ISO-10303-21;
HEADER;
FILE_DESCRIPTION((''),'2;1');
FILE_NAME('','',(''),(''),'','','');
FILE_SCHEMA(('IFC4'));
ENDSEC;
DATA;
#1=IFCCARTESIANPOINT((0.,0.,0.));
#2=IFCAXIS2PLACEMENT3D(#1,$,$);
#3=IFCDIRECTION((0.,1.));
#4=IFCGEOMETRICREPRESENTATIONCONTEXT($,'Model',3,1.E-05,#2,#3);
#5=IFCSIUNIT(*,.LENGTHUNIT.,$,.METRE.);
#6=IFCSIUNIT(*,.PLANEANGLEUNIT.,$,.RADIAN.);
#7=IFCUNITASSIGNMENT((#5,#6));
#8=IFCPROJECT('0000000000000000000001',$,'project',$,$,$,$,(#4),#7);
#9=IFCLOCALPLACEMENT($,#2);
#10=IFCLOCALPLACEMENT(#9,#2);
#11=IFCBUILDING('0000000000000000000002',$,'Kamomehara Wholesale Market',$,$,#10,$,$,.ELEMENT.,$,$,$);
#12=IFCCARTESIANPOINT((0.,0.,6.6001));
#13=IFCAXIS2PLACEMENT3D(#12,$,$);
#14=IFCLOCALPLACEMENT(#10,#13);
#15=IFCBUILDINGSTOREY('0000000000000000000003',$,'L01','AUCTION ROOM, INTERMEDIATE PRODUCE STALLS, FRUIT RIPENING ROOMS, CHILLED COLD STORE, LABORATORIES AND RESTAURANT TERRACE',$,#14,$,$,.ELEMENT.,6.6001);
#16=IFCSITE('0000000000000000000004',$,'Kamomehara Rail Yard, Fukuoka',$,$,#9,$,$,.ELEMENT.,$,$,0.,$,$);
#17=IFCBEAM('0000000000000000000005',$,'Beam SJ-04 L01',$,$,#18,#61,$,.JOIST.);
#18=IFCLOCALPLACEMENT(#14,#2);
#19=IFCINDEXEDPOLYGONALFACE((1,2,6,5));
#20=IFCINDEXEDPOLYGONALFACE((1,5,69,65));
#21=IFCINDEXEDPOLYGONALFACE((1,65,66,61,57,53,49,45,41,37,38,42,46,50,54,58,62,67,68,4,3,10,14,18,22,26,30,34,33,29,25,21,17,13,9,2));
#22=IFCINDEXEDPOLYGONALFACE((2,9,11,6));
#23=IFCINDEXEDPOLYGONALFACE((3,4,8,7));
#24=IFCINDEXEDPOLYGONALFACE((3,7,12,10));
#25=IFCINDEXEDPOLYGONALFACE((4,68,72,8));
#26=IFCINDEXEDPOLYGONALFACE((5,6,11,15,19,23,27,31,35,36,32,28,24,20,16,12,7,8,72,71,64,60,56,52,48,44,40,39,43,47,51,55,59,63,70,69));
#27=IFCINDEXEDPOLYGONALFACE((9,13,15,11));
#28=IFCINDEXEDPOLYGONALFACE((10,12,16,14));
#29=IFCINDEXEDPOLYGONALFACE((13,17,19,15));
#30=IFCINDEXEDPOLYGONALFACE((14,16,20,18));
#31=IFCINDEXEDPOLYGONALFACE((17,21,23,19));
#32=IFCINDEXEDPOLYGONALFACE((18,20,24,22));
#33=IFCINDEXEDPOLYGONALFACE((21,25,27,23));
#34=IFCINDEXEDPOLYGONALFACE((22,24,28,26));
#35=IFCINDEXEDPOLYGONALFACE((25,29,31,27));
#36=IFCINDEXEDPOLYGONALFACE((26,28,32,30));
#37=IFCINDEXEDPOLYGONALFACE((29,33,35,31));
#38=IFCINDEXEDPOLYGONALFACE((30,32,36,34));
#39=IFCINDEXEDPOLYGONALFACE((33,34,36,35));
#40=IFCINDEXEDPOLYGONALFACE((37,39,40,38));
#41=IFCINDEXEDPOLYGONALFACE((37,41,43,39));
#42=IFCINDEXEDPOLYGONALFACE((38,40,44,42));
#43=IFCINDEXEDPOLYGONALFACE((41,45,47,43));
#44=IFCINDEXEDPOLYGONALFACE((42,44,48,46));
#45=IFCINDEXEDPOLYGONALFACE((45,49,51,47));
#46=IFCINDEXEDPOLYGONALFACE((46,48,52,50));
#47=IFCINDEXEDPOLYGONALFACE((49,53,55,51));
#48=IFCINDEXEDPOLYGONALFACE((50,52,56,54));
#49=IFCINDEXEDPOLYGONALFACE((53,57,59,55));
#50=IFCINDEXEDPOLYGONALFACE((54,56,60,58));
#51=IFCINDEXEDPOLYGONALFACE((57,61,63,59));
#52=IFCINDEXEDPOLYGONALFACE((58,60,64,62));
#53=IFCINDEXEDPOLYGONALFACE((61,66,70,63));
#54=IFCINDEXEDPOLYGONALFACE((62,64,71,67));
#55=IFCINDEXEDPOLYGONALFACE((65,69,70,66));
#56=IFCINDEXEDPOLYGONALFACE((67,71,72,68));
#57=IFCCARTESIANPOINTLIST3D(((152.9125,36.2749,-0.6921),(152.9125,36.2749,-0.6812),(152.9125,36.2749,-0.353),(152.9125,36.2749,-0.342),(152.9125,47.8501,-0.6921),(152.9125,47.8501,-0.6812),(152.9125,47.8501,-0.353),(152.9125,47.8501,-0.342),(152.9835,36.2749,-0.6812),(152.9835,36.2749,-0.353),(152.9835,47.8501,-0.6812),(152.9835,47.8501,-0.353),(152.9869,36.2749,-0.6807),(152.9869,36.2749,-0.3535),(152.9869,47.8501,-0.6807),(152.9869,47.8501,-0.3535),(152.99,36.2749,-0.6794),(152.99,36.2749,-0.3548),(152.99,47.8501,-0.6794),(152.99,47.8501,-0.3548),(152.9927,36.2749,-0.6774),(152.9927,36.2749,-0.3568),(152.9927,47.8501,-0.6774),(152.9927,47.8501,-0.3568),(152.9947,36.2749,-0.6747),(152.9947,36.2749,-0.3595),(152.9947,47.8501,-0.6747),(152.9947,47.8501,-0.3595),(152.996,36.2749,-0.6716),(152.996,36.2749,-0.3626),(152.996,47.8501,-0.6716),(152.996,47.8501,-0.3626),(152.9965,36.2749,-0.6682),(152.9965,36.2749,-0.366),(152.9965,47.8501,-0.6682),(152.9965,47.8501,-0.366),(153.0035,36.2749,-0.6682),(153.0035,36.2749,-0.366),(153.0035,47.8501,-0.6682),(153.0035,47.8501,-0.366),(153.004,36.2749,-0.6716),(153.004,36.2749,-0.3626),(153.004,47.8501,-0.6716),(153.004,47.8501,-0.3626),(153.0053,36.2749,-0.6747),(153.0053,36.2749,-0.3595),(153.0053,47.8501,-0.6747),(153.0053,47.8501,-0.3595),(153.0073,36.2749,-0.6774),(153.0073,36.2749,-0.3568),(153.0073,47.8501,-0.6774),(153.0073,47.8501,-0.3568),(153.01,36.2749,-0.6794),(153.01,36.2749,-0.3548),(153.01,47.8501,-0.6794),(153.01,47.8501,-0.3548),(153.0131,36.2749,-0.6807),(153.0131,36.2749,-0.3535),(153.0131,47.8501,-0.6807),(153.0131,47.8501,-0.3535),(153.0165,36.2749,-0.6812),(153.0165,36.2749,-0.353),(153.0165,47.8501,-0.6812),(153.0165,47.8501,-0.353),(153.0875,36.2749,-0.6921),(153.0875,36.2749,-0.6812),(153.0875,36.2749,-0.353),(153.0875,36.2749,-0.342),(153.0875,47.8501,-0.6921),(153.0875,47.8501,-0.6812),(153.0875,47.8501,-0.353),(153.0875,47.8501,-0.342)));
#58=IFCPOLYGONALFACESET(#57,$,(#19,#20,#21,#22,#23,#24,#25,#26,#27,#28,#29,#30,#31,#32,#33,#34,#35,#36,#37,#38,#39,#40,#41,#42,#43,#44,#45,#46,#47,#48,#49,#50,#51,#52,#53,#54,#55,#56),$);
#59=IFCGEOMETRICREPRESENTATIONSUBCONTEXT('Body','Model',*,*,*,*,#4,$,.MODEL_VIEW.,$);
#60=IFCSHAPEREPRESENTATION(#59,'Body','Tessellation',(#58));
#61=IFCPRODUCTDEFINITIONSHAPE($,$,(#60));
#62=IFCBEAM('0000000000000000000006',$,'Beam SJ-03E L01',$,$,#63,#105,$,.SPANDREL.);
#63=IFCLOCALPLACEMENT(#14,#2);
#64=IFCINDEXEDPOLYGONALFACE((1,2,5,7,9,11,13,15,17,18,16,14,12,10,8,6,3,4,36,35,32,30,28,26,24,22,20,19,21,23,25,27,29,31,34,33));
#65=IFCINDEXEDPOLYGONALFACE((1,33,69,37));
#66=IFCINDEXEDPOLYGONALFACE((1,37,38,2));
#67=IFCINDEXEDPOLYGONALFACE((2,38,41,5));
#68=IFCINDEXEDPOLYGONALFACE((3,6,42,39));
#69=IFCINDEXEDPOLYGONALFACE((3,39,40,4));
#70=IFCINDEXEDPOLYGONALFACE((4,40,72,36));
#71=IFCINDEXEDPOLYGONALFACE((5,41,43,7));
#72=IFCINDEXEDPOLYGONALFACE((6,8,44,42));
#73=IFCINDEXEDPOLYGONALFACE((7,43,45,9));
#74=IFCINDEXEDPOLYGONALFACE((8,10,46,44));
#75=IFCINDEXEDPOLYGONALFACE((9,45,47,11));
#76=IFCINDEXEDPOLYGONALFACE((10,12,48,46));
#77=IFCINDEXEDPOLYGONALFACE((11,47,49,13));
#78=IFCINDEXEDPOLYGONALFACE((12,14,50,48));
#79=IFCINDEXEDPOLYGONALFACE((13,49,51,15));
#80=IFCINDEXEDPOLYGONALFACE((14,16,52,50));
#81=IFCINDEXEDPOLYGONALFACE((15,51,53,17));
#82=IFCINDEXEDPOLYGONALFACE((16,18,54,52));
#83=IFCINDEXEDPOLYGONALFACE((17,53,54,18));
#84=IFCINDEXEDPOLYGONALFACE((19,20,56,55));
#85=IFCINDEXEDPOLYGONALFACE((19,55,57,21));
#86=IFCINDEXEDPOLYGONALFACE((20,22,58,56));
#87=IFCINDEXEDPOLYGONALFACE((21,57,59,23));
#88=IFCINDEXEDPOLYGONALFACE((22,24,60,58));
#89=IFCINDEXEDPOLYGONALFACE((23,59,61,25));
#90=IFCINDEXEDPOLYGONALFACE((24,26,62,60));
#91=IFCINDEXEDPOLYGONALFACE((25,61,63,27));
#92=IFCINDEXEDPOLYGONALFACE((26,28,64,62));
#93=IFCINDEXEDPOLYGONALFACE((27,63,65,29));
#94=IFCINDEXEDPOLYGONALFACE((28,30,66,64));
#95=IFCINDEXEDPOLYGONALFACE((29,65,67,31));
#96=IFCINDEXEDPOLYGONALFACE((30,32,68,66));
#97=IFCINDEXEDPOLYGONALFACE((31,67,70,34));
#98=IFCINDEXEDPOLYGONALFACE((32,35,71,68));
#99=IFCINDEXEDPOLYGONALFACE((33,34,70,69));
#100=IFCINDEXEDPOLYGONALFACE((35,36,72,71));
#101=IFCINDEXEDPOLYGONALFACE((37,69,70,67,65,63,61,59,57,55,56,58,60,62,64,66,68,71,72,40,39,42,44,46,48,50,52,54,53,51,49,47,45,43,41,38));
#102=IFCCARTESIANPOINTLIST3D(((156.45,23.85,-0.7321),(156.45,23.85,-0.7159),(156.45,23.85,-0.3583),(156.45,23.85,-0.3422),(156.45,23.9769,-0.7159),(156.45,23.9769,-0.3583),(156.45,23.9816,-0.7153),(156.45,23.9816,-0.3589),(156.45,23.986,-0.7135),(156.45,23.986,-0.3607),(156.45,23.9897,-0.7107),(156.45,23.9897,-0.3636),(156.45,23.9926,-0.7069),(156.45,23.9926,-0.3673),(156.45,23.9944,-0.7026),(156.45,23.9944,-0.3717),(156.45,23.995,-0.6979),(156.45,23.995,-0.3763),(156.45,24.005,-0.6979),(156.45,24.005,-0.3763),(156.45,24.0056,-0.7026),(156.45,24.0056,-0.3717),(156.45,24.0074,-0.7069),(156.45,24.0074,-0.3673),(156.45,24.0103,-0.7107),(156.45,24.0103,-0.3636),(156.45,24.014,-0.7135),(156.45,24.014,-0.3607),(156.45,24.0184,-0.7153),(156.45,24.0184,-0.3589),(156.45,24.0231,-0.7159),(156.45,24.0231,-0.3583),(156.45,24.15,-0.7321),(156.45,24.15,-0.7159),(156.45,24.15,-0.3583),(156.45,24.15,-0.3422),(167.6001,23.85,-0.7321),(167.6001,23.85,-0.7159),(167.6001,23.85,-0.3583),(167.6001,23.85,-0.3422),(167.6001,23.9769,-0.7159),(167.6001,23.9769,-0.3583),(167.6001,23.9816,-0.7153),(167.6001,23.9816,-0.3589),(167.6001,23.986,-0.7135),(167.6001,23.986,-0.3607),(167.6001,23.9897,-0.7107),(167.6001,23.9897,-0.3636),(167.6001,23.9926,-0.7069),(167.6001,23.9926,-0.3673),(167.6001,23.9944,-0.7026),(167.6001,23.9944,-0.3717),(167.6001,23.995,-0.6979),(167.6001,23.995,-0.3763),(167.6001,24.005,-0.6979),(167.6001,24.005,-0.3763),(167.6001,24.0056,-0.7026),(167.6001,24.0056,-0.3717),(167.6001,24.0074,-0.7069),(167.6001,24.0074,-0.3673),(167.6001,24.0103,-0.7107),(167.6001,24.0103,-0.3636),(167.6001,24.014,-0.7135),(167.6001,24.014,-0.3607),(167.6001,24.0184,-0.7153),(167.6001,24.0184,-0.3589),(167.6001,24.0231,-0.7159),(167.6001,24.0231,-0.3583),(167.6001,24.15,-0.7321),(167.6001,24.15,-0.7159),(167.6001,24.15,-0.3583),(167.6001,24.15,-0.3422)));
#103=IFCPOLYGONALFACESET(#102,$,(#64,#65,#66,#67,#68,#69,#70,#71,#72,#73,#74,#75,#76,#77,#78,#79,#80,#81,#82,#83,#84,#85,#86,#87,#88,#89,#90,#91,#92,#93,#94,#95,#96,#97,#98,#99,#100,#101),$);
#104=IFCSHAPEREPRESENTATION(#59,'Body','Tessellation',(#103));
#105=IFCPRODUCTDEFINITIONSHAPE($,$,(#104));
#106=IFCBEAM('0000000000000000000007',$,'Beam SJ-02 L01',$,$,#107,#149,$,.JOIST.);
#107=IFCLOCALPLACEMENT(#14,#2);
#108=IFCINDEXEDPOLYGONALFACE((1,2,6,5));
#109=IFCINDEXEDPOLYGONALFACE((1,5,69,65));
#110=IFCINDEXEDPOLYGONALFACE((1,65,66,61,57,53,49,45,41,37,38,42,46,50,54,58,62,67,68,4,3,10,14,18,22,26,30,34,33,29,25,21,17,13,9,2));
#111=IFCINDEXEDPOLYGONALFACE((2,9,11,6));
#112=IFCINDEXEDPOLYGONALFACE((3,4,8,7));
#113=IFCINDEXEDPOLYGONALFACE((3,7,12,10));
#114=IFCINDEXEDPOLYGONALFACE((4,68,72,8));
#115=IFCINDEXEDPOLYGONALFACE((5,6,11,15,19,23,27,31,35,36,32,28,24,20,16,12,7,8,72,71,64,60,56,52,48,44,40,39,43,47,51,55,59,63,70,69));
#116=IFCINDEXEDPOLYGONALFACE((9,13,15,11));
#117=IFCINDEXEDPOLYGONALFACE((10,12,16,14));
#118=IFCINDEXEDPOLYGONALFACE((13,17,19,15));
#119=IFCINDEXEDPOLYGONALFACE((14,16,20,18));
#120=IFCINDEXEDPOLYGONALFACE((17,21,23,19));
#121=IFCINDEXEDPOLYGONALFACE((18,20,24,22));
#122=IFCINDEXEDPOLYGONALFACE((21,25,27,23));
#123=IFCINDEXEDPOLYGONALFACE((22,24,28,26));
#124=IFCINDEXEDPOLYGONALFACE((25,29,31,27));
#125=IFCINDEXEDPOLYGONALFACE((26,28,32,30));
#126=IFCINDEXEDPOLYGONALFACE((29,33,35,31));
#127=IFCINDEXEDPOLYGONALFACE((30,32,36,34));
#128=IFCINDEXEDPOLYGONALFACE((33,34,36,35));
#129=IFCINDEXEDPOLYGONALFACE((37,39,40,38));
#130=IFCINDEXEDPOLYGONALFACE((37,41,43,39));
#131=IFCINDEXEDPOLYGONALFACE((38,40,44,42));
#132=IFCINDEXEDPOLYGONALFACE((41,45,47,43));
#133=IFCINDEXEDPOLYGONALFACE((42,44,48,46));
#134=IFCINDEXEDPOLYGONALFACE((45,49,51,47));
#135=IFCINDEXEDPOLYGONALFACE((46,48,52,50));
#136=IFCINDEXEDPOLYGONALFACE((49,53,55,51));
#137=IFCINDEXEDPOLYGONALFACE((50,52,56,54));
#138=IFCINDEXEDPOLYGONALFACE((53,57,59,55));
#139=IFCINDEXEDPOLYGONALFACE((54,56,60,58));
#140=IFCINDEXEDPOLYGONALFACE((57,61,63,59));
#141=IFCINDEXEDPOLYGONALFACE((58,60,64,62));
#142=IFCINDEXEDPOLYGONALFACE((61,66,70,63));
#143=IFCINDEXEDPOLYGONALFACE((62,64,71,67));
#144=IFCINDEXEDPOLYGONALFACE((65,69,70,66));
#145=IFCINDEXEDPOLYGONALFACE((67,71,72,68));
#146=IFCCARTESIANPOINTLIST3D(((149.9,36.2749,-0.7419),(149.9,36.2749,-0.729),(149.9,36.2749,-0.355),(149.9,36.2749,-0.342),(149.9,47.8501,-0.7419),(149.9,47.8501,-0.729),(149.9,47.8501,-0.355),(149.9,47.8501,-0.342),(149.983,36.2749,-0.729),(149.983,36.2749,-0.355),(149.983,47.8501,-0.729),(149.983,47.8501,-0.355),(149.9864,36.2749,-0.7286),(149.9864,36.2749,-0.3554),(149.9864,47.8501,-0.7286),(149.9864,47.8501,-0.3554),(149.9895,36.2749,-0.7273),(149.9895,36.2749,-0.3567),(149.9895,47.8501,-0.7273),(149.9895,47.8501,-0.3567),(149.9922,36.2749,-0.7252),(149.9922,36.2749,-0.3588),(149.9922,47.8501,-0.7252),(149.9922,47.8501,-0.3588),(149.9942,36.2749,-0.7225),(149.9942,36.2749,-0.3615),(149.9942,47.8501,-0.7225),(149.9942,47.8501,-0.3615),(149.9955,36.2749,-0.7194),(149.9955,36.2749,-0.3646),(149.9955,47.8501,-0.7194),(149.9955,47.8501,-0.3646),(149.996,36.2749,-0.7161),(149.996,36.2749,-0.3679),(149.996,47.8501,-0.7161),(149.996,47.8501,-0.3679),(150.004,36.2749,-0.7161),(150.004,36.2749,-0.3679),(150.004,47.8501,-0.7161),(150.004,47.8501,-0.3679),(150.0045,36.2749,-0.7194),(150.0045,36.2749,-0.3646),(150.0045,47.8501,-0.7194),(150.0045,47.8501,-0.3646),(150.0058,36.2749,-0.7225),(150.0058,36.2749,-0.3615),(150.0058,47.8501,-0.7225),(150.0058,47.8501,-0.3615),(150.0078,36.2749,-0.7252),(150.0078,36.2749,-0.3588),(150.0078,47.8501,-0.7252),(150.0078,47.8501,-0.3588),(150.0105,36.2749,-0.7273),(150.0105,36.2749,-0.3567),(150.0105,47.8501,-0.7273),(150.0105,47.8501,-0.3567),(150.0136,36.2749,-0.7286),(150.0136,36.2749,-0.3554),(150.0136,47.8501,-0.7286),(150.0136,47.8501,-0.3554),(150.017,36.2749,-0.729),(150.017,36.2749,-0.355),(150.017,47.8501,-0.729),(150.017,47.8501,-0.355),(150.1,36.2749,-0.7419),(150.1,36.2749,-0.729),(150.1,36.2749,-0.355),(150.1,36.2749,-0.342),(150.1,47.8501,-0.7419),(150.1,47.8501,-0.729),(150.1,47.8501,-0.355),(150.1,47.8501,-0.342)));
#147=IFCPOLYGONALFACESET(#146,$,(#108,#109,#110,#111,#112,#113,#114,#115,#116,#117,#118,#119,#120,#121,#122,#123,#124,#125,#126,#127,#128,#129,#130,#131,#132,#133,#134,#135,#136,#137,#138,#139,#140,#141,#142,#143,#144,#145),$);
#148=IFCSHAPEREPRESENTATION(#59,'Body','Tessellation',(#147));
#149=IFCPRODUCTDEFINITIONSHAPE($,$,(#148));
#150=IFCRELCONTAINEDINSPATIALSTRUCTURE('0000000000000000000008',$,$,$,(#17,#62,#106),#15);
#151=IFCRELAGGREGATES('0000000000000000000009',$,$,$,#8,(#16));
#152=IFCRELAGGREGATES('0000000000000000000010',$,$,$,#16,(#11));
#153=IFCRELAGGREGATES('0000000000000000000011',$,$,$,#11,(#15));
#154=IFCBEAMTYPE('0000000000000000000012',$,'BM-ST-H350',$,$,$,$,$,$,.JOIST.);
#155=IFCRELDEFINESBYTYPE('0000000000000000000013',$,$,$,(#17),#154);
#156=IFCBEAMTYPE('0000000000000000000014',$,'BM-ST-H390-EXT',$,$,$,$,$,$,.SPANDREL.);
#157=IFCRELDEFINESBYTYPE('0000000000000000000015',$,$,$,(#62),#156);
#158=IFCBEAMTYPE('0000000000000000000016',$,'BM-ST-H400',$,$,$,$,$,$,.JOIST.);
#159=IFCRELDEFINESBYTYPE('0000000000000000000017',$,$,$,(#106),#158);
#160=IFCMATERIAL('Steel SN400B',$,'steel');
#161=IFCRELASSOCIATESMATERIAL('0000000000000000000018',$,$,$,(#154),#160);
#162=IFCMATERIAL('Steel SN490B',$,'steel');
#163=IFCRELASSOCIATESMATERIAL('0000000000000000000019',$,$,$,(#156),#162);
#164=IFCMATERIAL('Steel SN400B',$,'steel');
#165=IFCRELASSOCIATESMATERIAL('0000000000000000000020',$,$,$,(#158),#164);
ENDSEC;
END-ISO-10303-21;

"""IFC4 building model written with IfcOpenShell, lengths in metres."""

from ifc_helpers import new_model, si_unit, direction, frame, origin, origin_2d, place, context, subcontext, project, spatial, i_section, extrude, material, material_profile, profile_set, type_object, element, save


model = new_model("IFC4")

# Units and contexts
model_context = context("Model", 3, precision=1e-05, world=origin(), true_north=direction((0.0, 1.0)))
body_context = subcontext(model_context, "Body", "Model", "MODEL_VIEW")
ifc_project = project(units=[si_unit("LENGTHUNIT", "METRE"), si_unit("PLANEANGLEUNIT", "RADIAN")], contexts=[model_context])

# Site, building, storey
site_placement = place(None, origin())
site = spatial("IfcSite", under=ifc_project, at=site_placement, Name="Kamomehara Rail Yard, Fukuoka", CompositionType="ELEMENT", RefElevation=0.0)
building_placement = place(site_placement, origin())
building = spatial("IfcBuilding", under=site, at=building_placement, Name="Kamomehara Wholesale Market", CompositionType="ELEMENT")
storey_placement = place(building_placement, frame((0.0, 0.0, 6.6001)))
storey = spatial("IfcBuildingStorey", under=building, at=storey_placement, Name="L01", Description="AUCTION ROOM, INTERMEDIATE PRODUCE STALLS, FRUIT RIPENING ROOMS, CHILLED COLD STORE, LABORATORIES AND RESTAURANT TERRACE", CompositionType="ELEMENT", Elevation=6.6001)

# Beams
ifc_material_1 = material(Name="Steel SN400B", Category="steel")
ifc_material_profile_1 = material_profile(ifc_material_1, i_section(OverallWidth=0.175, OverallDepth=0.3501, WebThickness=0.0071, FlangeThickness=0.011, FilletRadius=0.0129, at=origin_2d()), Name="H-350x175x7x11")
ifc_profile_set_1 = profile_set([ifc_material_profile_1], Name="Steel SN400B")
beam_type_1 = type_object("IfcBeamType", Name="BM-ST-H350", PredefinedType="JOIST", material=ifc_profile_set_1)
beam_1_placement = place(storey_placement, frame((153.0, 36.2749, -0.5171), z_axis=(0.0, 1.0, 0.0), x_axis=(-1.0, 0.0, 0.0)))
element("IfcBeam", 1, at=beam_1_placement, inside=storey, type_object=beam_type_1, Name="Beam SJ-04 L01", PredefinedType="JOIST", context=body_context, shape_type="SweptSolid", body=[
    extrude(i_section(OverallWidth=0.175, OverallDepth=0.3501, WebThickness=0.0071, FlangeThickness=0.011, FilletRadius=0.0129, at=origin_2d()), origin(), (0.0, 0.0, 1.0), 11.5752),
])
ifc_material_2 = material(Name="Steel SN490B", Category="steel")
ifc_material_profile_2 = material_profile(ifc_material_2, i_section(OverallWidth=0.3, OverallDepth=0.3899, WebThickness=0.01, FlangeThickness=0.0161, FilletRadius=0.0181, at=origin_2d()), Name="H-390x300x10x16")
ifc_profile_set_2 = profile_set([ifc_material_profile_2], Name="Steel SN490B")
beam_type_2 = type_object("IfcBeamType", Name="BM-ST-H390-EXT", PredefinedType="SPANDREL", material=ifc_profile_set_2)
beam_2_placement = place(storey_placement, frame((156.45, 24.0, -0.5371), z_axis=(1.0, 0.0, 0.0), x_axis=(0.0, 1.0, 0.0)))
element("IfcBeam", 2, at=beam_2_placement, inside=storey, type_object=beam_type_2, Name="Beam SJ-03E L01", PredefinedType="SPANDREL", context=body_context, shape_type="SweptSolid", body=[
    extrude(i_section(OverallWidth=0.3, OverallDepth=0.3899, WebThickness=0.01, FlangeThickness=0.0161, FilletRadius=0.0181, at=origin_2d()), origin(), (0.0, 0.0, 1.0), 11.1501),
])
ifc_material_3 = material(Name="Steel SN400B", Category="steel")
ifc_material_profile_3 = material_profile(ifc_material_3, i_section(OverallWidth=0.2, OverallDepth=0.3999, WebThickness=0.0081, FlangeThickness=0.0129, FilletRadius=0.0129, at=origin_2d()), Name="H-400x200x8x13")
ifc_profile_set_3 = profile_set([ifc_material_profile_3], Name="Steel SN400B")
beam_type_3 = type_object("IfcBeamType", Name="BM-ST-H400", PredefinedType="JOIST", material=ifc_profile_set_3)
beam_3_placement = place(storey_placement, frame((150.0, 36.2749, -0.542), z_axis=(0.0, 1.0, 0.0), x_axis=(-1.0, 0.0, 0.0)))
element("IfcBeam", 3, at=beam_3_placement, inside=storey, type_object=beam_type_3, Name="Beam SJ-02 L01", PredefinedType="JOIST", context=body_context, shape_type="SweptSolid", body=[
    extrude(i_section(OverallWidth=0.2, OverallDepth=0.3999, WebThickness=0.0081, FlangeThickness=0.0129, FilletRadius=0.0129, at=origin_2d()), origin(), (0.0, 0.0, 1.0), 11.5752),
])

save(model, "model.ifc")
